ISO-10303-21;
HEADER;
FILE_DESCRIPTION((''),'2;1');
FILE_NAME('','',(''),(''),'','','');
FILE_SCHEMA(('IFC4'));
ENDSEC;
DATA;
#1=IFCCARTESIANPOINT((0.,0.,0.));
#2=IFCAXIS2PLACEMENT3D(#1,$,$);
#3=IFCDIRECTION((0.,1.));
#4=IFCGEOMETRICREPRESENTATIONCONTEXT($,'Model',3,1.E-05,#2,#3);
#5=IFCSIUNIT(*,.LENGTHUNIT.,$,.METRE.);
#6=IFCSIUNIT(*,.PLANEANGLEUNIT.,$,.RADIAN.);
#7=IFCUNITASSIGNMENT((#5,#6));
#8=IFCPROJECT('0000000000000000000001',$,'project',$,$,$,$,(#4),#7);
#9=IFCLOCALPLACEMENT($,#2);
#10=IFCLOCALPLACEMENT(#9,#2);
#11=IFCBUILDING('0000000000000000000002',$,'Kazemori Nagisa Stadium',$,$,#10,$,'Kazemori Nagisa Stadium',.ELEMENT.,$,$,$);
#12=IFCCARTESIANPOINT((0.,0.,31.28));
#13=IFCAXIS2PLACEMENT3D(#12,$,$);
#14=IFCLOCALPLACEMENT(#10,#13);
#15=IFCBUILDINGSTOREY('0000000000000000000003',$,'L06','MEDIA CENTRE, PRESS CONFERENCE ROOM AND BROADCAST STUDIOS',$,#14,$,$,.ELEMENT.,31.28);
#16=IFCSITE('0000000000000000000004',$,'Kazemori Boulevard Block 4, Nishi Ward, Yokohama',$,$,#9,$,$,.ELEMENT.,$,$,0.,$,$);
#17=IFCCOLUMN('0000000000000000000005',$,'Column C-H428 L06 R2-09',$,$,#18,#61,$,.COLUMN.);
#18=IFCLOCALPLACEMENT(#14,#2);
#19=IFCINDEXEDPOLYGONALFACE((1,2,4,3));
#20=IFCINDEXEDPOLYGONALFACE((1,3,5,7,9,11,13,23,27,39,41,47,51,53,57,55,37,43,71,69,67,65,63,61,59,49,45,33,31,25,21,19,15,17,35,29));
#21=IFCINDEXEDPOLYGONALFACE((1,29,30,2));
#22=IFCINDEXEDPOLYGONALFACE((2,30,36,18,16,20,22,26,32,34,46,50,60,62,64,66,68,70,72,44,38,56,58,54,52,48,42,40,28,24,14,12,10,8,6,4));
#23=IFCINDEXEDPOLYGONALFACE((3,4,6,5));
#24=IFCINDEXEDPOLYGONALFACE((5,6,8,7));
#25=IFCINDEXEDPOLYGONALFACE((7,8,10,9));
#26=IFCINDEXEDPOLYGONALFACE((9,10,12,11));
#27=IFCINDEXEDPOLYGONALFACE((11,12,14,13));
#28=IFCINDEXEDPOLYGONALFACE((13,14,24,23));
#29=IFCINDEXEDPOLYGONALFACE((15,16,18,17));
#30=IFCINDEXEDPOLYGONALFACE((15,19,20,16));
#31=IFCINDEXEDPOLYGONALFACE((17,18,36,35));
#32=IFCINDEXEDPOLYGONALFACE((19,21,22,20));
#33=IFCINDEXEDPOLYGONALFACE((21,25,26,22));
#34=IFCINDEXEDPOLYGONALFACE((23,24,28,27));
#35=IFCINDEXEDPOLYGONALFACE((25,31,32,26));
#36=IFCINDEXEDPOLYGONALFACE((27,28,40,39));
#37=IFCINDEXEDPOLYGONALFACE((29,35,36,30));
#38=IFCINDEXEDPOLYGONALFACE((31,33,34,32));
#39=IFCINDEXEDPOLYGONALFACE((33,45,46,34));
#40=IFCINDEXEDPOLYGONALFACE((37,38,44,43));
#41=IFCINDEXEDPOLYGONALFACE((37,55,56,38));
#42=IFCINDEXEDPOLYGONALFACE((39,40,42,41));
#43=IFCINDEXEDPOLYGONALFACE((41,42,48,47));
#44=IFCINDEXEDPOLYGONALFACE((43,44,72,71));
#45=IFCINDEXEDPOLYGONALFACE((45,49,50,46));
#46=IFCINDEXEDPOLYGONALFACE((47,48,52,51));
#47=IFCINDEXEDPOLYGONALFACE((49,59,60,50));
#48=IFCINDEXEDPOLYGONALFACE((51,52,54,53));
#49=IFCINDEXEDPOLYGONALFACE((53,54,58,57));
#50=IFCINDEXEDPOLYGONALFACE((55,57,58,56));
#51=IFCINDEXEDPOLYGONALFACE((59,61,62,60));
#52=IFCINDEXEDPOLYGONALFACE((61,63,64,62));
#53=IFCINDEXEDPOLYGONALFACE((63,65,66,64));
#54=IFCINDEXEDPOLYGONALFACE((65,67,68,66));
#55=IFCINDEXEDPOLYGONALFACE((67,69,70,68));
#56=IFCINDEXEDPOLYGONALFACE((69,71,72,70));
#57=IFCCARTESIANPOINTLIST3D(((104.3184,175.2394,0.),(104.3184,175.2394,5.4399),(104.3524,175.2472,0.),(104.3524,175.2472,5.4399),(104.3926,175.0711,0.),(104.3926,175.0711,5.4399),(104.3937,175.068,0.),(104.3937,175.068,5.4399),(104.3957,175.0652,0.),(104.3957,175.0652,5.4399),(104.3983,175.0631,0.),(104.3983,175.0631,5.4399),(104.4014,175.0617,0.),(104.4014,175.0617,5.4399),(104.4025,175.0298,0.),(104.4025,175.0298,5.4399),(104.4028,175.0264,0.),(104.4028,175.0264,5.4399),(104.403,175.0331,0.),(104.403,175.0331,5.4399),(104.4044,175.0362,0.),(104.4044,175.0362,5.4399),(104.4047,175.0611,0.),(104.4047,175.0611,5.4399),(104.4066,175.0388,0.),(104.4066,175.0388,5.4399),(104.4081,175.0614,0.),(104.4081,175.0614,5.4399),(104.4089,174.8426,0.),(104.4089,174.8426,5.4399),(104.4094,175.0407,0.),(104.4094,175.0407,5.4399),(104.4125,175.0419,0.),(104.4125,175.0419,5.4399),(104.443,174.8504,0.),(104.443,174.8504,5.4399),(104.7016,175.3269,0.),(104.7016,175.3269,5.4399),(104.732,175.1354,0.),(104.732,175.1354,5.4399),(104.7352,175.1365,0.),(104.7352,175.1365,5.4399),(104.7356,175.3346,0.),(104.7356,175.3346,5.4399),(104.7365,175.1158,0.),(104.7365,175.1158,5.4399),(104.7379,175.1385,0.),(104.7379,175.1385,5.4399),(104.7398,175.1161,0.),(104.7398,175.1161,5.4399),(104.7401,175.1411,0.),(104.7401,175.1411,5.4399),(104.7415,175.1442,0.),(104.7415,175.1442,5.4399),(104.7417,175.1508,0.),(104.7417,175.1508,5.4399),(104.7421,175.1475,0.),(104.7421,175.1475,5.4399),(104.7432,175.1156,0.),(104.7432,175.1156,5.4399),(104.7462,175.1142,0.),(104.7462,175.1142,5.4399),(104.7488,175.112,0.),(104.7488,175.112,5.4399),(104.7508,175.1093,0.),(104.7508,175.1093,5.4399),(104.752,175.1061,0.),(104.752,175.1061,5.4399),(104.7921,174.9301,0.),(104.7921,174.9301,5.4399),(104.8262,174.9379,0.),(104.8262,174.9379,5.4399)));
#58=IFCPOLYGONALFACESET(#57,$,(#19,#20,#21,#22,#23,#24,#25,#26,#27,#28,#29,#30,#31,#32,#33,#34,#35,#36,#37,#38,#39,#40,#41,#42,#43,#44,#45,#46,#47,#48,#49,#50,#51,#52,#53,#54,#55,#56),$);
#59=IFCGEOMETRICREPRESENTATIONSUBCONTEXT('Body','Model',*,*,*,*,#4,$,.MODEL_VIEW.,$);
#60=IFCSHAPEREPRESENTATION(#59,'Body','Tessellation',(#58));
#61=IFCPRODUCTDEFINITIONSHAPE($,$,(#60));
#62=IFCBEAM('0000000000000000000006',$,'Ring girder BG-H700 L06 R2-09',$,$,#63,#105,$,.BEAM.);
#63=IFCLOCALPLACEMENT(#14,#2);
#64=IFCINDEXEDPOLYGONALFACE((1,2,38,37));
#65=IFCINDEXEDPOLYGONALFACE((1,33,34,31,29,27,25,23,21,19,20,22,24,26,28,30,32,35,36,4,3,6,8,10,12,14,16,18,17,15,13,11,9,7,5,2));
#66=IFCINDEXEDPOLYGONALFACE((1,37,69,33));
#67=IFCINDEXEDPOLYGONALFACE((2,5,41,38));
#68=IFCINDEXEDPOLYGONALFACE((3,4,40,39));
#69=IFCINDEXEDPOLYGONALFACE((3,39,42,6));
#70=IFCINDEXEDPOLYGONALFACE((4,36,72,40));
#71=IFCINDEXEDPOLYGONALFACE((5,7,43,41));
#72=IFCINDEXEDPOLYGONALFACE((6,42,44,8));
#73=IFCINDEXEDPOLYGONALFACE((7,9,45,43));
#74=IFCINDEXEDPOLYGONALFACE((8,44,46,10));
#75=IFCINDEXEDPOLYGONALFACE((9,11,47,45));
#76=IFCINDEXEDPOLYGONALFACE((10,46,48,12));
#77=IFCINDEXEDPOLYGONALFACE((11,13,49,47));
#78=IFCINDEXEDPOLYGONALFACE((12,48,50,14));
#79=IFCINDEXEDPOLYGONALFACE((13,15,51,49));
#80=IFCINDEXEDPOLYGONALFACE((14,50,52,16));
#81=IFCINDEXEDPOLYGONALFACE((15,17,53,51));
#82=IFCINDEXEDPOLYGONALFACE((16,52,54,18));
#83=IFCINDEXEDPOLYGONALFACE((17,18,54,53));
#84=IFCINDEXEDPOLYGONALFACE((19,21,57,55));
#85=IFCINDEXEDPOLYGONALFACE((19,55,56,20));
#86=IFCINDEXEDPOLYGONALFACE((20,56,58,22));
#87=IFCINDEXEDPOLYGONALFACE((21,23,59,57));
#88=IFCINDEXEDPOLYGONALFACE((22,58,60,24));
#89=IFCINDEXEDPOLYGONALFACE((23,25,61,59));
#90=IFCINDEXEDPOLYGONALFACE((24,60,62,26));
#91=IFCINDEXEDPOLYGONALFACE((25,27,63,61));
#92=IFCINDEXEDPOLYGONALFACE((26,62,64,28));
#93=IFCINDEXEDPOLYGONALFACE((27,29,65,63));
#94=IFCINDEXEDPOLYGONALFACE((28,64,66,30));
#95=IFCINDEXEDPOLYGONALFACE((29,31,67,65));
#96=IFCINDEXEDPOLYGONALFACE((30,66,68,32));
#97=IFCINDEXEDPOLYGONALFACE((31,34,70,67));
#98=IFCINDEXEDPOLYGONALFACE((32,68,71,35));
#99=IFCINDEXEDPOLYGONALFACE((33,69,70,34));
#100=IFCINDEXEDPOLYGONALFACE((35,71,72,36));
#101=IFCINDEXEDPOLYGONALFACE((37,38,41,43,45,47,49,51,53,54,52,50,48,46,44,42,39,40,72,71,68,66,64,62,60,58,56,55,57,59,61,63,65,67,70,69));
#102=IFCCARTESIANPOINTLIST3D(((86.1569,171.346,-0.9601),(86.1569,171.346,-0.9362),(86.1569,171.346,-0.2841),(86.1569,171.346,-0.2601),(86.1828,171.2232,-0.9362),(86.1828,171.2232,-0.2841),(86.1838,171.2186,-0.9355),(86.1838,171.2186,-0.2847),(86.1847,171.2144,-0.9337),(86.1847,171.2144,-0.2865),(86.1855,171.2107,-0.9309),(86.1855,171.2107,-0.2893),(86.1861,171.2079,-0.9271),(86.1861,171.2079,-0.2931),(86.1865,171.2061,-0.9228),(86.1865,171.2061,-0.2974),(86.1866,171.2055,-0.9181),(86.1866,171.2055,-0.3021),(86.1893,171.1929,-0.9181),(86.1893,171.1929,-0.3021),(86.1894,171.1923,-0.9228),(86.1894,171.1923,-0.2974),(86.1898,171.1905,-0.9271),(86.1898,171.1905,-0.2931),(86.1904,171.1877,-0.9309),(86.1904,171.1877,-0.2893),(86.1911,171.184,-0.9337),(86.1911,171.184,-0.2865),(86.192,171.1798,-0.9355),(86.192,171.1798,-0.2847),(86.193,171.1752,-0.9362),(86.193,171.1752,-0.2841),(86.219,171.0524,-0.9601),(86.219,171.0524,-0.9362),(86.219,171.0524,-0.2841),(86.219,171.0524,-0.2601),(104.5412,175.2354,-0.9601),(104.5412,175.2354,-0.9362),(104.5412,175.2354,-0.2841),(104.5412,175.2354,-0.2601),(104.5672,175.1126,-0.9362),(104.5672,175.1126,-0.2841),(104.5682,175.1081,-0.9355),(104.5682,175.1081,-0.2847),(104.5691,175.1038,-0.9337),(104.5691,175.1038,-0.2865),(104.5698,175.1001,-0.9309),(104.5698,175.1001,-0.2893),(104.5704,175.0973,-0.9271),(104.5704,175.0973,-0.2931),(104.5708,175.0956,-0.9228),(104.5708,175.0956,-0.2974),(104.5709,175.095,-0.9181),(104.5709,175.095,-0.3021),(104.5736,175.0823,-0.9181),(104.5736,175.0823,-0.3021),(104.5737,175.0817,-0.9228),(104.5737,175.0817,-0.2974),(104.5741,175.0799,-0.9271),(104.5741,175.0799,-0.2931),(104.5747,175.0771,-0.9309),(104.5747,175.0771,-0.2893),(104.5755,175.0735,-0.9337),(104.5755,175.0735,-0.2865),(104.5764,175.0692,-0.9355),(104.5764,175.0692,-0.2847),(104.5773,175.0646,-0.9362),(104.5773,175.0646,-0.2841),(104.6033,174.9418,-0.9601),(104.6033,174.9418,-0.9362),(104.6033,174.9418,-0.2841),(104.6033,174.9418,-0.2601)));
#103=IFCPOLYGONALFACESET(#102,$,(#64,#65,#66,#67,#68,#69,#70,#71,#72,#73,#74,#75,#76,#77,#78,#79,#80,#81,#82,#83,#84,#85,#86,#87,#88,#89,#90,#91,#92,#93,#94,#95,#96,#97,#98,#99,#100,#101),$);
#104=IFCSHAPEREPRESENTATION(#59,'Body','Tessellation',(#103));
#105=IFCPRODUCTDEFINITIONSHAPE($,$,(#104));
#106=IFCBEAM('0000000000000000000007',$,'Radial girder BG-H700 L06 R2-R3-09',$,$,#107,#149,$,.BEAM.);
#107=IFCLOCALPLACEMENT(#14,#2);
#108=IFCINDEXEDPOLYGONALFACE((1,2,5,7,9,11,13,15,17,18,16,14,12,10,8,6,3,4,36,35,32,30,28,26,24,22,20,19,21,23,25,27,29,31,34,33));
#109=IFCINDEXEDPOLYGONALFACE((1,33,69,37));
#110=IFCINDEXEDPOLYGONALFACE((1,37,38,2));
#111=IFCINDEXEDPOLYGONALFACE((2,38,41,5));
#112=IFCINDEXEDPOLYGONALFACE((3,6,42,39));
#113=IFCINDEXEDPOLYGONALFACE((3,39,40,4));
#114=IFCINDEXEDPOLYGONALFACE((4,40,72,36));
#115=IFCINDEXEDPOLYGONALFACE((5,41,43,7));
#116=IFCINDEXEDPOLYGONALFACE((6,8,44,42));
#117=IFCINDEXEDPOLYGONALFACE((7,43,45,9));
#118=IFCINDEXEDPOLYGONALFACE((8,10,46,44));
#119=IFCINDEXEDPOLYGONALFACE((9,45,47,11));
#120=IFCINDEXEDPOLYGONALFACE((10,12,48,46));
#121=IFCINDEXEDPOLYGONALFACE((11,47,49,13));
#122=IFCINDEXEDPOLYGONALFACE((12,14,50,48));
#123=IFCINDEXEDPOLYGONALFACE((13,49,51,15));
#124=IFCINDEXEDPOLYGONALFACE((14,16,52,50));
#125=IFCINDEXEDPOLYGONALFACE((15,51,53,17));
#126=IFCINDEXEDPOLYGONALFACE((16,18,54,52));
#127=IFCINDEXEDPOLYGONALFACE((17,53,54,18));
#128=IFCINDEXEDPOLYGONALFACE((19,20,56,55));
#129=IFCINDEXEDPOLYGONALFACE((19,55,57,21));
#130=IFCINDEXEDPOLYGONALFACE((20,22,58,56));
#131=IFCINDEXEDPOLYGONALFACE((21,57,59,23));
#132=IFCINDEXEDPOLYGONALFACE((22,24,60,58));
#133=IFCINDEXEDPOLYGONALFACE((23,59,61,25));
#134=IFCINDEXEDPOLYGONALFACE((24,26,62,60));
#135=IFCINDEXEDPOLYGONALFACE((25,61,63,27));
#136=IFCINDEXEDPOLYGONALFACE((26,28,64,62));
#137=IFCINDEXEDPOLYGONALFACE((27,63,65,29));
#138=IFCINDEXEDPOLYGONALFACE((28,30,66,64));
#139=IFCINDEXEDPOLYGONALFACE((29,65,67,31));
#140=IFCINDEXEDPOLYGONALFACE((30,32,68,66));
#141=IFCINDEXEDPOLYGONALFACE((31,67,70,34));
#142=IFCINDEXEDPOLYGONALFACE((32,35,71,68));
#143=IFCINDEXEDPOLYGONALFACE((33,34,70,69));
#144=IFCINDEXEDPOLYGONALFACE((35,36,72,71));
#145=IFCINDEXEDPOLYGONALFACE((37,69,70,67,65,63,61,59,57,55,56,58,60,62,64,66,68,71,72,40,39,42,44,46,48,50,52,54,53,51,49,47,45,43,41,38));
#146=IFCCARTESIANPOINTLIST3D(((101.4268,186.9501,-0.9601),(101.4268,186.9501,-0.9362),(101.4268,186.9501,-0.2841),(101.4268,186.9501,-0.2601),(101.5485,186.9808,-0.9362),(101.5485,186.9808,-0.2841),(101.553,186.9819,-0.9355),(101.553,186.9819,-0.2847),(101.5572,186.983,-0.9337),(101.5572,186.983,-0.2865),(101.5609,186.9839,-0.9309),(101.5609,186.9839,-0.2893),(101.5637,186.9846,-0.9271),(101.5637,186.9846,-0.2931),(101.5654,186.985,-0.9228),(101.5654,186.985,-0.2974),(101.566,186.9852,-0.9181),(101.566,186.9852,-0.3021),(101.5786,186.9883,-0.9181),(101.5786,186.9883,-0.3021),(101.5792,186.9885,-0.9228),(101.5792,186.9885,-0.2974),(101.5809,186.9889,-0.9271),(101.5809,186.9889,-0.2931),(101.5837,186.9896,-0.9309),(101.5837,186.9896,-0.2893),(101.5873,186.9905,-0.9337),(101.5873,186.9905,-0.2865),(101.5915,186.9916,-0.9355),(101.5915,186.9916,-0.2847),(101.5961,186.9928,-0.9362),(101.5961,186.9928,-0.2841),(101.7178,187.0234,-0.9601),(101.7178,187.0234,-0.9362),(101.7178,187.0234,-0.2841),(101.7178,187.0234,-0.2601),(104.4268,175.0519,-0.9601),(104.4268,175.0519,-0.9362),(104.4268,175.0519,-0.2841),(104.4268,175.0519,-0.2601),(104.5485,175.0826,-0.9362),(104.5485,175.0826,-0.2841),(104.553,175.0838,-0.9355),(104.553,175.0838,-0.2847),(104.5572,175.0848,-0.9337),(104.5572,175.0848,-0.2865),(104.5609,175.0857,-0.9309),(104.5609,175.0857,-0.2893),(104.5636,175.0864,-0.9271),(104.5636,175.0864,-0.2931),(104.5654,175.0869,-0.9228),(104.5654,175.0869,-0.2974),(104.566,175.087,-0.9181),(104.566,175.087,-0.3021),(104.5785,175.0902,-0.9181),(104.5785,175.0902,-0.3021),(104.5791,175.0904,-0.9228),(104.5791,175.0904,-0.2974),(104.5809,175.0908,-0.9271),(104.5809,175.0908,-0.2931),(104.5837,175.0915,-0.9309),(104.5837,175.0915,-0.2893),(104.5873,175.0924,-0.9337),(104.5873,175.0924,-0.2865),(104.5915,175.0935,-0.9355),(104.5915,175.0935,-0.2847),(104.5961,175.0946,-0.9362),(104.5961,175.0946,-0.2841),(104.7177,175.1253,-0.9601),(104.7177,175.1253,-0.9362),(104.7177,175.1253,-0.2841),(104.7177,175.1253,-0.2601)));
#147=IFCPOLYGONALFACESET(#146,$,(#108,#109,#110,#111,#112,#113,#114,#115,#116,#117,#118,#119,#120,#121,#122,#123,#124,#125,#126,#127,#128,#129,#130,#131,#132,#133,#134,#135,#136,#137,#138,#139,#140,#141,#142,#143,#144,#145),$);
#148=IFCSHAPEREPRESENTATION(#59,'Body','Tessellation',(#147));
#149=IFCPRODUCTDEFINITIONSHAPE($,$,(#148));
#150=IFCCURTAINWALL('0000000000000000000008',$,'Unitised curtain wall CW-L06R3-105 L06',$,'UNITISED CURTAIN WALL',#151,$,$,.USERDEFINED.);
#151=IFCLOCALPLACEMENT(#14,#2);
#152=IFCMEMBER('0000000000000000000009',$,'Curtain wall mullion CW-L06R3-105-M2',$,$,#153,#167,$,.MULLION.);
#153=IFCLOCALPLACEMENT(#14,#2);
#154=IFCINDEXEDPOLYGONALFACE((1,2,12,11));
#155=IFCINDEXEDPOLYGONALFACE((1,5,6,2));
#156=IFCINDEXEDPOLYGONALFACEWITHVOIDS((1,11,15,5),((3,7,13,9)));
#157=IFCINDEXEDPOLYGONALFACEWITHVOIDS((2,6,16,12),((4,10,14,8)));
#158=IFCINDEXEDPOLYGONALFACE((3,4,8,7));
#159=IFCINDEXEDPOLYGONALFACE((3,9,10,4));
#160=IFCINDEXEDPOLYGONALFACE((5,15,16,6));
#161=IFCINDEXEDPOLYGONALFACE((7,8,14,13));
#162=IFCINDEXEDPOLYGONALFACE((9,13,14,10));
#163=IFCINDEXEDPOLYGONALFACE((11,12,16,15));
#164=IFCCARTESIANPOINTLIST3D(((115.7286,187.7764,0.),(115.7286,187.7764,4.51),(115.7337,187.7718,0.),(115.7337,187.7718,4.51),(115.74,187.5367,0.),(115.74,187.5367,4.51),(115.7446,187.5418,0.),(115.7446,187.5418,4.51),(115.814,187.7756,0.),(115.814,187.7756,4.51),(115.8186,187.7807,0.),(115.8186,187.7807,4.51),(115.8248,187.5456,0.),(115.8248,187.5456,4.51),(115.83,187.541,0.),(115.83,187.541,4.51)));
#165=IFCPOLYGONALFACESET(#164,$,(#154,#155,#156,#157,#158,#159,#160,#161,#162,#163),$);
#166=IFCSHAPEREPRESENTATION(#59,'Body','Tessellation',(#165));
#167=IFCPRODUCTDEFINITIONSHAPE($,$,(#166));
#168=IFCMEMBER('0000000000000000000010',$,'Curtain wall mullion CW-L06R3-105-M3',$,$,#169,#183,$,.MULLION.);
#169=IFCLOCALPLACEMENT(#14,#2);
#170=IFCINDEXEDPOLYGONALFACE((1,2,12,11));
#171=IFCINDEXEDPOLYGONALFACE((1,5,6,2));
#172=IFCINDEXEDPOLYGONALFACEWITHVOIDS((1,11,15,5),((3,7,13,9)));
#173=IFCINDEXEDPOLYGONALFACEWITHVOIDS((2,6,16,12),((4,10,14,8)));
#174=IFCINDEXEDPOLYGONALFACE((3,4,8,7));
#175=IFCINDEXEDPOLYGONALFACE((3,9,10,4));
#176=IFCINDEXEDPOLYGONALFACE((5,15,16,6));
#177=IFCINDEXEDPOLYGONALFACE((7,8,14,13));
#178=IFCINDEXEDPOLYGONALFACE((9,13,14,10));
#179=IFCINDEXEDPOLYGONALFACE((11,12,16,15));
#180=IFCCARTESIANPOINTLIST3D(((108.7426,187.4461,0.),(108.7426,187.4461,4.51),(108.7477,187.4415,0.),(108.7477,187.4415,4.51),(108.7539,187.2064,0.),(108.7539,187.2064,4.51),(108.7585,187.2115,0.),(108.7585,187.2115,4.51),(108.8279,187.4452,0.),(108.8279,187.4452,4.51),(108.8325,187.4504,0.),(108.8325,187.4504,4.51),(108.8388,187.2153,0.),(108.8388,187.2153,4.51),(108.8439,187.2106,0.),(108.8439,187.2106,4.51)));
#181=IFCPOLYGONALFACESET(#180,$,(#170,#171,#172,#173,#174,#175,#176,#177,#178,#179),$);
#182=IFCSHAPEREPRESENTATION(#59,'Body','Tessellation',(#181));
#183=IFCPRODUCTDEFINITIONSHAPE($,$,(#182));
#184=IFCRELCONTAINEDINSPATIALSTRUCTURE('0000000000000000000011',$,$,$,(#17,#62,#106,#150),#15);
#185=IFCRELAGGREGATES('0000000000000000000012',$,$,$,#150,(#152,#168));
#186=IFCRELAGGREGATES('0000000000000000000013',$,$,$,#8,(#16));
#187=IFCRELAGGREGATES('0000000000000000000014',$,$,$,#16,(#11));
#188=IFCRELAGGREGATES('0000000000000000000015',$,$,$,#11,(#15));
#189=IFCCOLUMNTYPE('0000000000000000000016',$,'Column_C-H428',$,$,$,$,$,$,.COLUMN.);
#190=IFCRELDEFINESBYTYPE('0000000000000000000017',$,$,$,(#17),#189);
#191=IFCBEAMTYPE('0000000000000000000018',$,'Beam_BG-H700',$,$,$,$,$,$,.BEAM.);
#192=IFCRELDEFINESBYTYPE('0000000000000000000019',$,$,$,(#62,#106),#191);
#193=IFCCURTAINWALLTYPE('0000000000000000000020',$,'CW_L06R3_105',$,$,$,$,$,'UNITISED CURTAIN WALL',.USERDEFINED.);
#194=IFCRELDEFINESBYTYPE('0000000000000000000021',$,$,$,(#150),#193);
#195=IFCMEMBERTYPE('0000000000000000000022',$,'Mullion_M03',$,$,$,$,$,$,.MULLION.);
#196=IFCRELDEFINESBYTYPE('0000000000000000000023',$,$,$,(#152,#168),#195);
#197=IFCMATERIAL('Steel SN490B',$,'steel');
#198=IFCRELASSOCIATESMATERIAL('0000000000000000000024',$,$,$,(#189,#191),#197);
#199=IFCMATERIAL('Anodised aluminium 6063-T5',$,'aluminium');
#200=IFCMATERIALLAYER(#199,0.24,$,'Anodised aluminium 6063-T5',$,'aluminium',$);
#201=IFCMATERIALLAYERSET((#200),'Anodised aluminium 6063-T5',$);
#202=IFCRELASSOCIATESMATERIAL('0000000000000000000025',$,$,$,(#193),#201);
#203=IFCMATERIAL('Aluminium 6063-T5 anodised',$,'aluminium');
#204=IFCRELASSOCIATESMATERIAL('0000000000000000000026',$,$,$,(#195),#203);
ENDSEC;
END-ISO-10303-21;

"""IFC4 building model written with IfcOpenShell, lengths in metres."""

from ifc_helpers import new_model, si_unit, direction, frame, origin, origin_2d, place, context, subcontext, project, spatial, hollow_rectangle, i_section, extrude, material, layer, layer_set, material_profile, profile_set, type_object, element, aggregate, save


model = new_model("IFC4")

# Units and contexts
model_context = context("Model", 3, precision=1e-05, world=origin(), true_north=direction((0.0, 1.0)))
body_context = subcontext(model_context, "Body", "Model", "MODEL_VIEW")
ifc_project = project(units=[si_unit("LENGTHUNIT", "METRE"), si_unit("PLANEANGLEUNIT", "RADIAN")], contexts=[model_context])

# Site, building, storey
site_placement = place(None, origin())
site = spatial("IfcSite", under=ifc_project, at=site_placement, Name="Kazemori Boulevard Block 4, Nishi Ward, Yokohama", CompositionType="ELEMENT", RefElevation=0.0)
building_placement = place(site_placement, origin())
building = spatial("IfcBuilding", under=site, at=building_placement, Name="Kazemori Nagisa Stadium", LongName="Kazemori Nagisa Stadium", CompositionType="ELEMENT")
storey_placement = place(building_placement, frame((0.0, 0.0, 31.28)))
storey = spatial("IfcBuildingStorey", under=building, at=storey_placement, Name="L06", Description="MEDIA CENTRE, PRESS CONFERENCE ROOM AND BROADCAST STUDIOS", CompositionType="ELEMENT", Elevation=31.28)

# Column
ifc_material_1 = material(Name="Steel SN490B", Category="steel")
ifc_material_profile_1 = material_profile(ifc_material_1, i_section(OverallWidth=0.407, OverallDepth=0.428, WebThickness=0.02, FlangeThickness=0.0349, FilletRadius=0.0129, at=origin_2d()), Name="H-428x407x20x35")
ifc_profile_set_1 = profile_set([ifc_material_profile_1], Name="Steel SN490B")
column_type = type_object("IfcColumnType", Name="Column_C-H428", PredefinedType="COLUMN", material=ifc_profile_set_1)
column_placement = place(storey_placement, frame((104.5723, 175.0886, 0.0), z_axis=(0.0, 0.0, 1.0), x_axis=(-0.222521, 0.974928, 0.0)))
element("IfcColumn", 1, at=column_placement, inside=storey, type_object=column_type, Name="Column C-H428 L06 R2-09", PredefinedType="COLUMN", context=body_context, shape_type="SweptSolid", body=[
    extrude(i_section(OverallWidth=0.407, OverallDepth=0.428, WebThickness=0.02, FlangeThickness=0.0349, FilletRadius=0.0129, at=origin_2d()), origin(), (0.0, 0.0, 1.0), 5.4399),
])

# Beams
ifc_material_profile_2 = material_profile(ifc_material_1, i_section(OverallWidth=0.3, OverallDepth=0.7, WebThickness=0.0129, FlangeThickness=0.0239, FilletRadius=0.0181, at=origin_2d()), Name="H-700x300x13x24")
ifc_profile_set_2 = profile_set([ifc_material_profile_2], Name="Steel SN490B")
beam_type = type_object("IfcBeamType", Name="Beam_BG-H700", PredefinedType="BEAM", material=ifc_profile_set_2)
beam_1_placement = place(storey_placement, frame((104.5723, 175.0886, -0.6101), z_axis=(-0.978345, -0.20698, 0.0), x_axis=(0.20698, -0.978345, 0.0)))
element("IfcBeam", 2, at=beam_1_placement, inside=storey, type_object=beam_type, Name="Ring girder BG-H700 L06 R2-09", PredefinedType="BEAM", context=body_context, shape_type="SweptSolid", body=[
    extrude(i_section(OverallWidth=0.3, OverallDepth=0.7, WebThickness=0.0129, FlangeThickness=0.0239, FilletRadius=0.0181, at=origin_2d()), origin(), (0.0, 0.0, 1.0), 18.7913),
])
beam_2_placement = place(storey_placement, frame((104.5723, 175.0886, -0.6101), z_axis=(-0.244487, 0.969652, 0.0), x_axis=(-0.969652, -0.244487, 0.0)))
element("IfcBeam", 3, at=beam_2_placement, inside=storey, type_object=beam_type, Name="Radial girder BG-H700 L06 R2-R3-09", PredefinedType="BEAM", context=body_context, shape_type="SweptSolid", body=[
    extrude(i_section(OverallWidth=0.3, OverallDepth=0.7, WebThickness=0.0129, FlangeThickness=0.0239, FilletRadius=0.0181, at=origin_2d()), origin(), (0.0, 0.0, 1.0), 12.2705),
])

# Curtain wall, members
ifc_material_2 = material(Name="Anodised aluminium 6063-T5", Category="aluminium")
ifc_layer_1 = layer(ifc_material_2, 0.24, Name="Anodised aluminium 6063-T5", Category="aluminium")
ifc_layer_set_1 = layer_set([ifc_layer_1], Name="Anodised aluminium 6063-T5")
curtain_wall_type_1 = type_object("IfcCurtainWallType", Name="CW_L06R3_105", ElementType="UNITISED CURTAIN WALL", PredefinedType="USERDEFINED", material=ifc_layer_set_1)
curtain_wall_1_placement = place(storey_placement, origin())
curtain_wall_1 = element("IfcCurtainWall", 4, at=curtain_wall_1_placement, inside=storey, type_object=curtain_wall_type_1, Name="Unitised curtain wall CW-L06R3-105 L06", ObjectType="UNITISED CURTAIN WALL", PredefinedType="USERDEFINED")
ifc_material_3 = material(Name="Aluminium 6063-T5 anodised", Category="aluminium")
ifc_material_profile_3 = material_profile(ifc_material_3, hollow_rectangle(XDim=0.0901, YDim=0.24, WallThickness=0.0049, at=origin_2d()), Name="ALU-MULL-90x240x5")
ifc_profile_set_3 = profile_set([ifc_material_profile_3], Name="Aluminium 6063-T5 anodised")
member_type_1 = type_object("IfcMemberType", Name="Mullion_M03", PredefinedType="MULLION", material=ifc_profile_set_3)
member_1_placement = place(storey_placement, frame((115.7793, 187.6587, 0.0), z_axis=(0.0, 0.0, 1.0), x_axis=(-0.998884, -0.04723, 0.0)))
member_1 = element("IfcMember", 5, at=member_1_placement, type_object=member_type_1, Name="Curtain wall mullion CW-L06R3-105-M2", PredefinedType="MULLION", context=body_context, shape_type="SweptSolid", body=[
    extrude(hollow_rectangle(XDim=0.0901, YDim=0.24, WallThickness=0.0049, at=origin_2d()), origin(), (0.0, 0.0, 1.0), 4.51),
])
member_2_placement = place(storey_placement, frame((108.7932, 187.3284, 0.0), z_axis=(0.0, 0.0, 1.0), x_axis=(-0.998884, -0.04723, 0.0)))
member_2 = element("IfcMember", 6, at=member_2_placement, type_object=member_type_1, Name="Curtain wall mullion CW-L06R3-105-M3", PredefinedType="MULLION", context=body_context, shape_type="SweptSolid", body=[
    extrude(hollow_rectangle(XDim=0.0901, YDim=0.24, WallThickness=0.0049, at=origin_2d()), origin(), (0.0, 0.0, 1.0), 4.51),
])

aggregate(curtain_wall_1, [member_1, member_2])

save(model, "model.ifc")
